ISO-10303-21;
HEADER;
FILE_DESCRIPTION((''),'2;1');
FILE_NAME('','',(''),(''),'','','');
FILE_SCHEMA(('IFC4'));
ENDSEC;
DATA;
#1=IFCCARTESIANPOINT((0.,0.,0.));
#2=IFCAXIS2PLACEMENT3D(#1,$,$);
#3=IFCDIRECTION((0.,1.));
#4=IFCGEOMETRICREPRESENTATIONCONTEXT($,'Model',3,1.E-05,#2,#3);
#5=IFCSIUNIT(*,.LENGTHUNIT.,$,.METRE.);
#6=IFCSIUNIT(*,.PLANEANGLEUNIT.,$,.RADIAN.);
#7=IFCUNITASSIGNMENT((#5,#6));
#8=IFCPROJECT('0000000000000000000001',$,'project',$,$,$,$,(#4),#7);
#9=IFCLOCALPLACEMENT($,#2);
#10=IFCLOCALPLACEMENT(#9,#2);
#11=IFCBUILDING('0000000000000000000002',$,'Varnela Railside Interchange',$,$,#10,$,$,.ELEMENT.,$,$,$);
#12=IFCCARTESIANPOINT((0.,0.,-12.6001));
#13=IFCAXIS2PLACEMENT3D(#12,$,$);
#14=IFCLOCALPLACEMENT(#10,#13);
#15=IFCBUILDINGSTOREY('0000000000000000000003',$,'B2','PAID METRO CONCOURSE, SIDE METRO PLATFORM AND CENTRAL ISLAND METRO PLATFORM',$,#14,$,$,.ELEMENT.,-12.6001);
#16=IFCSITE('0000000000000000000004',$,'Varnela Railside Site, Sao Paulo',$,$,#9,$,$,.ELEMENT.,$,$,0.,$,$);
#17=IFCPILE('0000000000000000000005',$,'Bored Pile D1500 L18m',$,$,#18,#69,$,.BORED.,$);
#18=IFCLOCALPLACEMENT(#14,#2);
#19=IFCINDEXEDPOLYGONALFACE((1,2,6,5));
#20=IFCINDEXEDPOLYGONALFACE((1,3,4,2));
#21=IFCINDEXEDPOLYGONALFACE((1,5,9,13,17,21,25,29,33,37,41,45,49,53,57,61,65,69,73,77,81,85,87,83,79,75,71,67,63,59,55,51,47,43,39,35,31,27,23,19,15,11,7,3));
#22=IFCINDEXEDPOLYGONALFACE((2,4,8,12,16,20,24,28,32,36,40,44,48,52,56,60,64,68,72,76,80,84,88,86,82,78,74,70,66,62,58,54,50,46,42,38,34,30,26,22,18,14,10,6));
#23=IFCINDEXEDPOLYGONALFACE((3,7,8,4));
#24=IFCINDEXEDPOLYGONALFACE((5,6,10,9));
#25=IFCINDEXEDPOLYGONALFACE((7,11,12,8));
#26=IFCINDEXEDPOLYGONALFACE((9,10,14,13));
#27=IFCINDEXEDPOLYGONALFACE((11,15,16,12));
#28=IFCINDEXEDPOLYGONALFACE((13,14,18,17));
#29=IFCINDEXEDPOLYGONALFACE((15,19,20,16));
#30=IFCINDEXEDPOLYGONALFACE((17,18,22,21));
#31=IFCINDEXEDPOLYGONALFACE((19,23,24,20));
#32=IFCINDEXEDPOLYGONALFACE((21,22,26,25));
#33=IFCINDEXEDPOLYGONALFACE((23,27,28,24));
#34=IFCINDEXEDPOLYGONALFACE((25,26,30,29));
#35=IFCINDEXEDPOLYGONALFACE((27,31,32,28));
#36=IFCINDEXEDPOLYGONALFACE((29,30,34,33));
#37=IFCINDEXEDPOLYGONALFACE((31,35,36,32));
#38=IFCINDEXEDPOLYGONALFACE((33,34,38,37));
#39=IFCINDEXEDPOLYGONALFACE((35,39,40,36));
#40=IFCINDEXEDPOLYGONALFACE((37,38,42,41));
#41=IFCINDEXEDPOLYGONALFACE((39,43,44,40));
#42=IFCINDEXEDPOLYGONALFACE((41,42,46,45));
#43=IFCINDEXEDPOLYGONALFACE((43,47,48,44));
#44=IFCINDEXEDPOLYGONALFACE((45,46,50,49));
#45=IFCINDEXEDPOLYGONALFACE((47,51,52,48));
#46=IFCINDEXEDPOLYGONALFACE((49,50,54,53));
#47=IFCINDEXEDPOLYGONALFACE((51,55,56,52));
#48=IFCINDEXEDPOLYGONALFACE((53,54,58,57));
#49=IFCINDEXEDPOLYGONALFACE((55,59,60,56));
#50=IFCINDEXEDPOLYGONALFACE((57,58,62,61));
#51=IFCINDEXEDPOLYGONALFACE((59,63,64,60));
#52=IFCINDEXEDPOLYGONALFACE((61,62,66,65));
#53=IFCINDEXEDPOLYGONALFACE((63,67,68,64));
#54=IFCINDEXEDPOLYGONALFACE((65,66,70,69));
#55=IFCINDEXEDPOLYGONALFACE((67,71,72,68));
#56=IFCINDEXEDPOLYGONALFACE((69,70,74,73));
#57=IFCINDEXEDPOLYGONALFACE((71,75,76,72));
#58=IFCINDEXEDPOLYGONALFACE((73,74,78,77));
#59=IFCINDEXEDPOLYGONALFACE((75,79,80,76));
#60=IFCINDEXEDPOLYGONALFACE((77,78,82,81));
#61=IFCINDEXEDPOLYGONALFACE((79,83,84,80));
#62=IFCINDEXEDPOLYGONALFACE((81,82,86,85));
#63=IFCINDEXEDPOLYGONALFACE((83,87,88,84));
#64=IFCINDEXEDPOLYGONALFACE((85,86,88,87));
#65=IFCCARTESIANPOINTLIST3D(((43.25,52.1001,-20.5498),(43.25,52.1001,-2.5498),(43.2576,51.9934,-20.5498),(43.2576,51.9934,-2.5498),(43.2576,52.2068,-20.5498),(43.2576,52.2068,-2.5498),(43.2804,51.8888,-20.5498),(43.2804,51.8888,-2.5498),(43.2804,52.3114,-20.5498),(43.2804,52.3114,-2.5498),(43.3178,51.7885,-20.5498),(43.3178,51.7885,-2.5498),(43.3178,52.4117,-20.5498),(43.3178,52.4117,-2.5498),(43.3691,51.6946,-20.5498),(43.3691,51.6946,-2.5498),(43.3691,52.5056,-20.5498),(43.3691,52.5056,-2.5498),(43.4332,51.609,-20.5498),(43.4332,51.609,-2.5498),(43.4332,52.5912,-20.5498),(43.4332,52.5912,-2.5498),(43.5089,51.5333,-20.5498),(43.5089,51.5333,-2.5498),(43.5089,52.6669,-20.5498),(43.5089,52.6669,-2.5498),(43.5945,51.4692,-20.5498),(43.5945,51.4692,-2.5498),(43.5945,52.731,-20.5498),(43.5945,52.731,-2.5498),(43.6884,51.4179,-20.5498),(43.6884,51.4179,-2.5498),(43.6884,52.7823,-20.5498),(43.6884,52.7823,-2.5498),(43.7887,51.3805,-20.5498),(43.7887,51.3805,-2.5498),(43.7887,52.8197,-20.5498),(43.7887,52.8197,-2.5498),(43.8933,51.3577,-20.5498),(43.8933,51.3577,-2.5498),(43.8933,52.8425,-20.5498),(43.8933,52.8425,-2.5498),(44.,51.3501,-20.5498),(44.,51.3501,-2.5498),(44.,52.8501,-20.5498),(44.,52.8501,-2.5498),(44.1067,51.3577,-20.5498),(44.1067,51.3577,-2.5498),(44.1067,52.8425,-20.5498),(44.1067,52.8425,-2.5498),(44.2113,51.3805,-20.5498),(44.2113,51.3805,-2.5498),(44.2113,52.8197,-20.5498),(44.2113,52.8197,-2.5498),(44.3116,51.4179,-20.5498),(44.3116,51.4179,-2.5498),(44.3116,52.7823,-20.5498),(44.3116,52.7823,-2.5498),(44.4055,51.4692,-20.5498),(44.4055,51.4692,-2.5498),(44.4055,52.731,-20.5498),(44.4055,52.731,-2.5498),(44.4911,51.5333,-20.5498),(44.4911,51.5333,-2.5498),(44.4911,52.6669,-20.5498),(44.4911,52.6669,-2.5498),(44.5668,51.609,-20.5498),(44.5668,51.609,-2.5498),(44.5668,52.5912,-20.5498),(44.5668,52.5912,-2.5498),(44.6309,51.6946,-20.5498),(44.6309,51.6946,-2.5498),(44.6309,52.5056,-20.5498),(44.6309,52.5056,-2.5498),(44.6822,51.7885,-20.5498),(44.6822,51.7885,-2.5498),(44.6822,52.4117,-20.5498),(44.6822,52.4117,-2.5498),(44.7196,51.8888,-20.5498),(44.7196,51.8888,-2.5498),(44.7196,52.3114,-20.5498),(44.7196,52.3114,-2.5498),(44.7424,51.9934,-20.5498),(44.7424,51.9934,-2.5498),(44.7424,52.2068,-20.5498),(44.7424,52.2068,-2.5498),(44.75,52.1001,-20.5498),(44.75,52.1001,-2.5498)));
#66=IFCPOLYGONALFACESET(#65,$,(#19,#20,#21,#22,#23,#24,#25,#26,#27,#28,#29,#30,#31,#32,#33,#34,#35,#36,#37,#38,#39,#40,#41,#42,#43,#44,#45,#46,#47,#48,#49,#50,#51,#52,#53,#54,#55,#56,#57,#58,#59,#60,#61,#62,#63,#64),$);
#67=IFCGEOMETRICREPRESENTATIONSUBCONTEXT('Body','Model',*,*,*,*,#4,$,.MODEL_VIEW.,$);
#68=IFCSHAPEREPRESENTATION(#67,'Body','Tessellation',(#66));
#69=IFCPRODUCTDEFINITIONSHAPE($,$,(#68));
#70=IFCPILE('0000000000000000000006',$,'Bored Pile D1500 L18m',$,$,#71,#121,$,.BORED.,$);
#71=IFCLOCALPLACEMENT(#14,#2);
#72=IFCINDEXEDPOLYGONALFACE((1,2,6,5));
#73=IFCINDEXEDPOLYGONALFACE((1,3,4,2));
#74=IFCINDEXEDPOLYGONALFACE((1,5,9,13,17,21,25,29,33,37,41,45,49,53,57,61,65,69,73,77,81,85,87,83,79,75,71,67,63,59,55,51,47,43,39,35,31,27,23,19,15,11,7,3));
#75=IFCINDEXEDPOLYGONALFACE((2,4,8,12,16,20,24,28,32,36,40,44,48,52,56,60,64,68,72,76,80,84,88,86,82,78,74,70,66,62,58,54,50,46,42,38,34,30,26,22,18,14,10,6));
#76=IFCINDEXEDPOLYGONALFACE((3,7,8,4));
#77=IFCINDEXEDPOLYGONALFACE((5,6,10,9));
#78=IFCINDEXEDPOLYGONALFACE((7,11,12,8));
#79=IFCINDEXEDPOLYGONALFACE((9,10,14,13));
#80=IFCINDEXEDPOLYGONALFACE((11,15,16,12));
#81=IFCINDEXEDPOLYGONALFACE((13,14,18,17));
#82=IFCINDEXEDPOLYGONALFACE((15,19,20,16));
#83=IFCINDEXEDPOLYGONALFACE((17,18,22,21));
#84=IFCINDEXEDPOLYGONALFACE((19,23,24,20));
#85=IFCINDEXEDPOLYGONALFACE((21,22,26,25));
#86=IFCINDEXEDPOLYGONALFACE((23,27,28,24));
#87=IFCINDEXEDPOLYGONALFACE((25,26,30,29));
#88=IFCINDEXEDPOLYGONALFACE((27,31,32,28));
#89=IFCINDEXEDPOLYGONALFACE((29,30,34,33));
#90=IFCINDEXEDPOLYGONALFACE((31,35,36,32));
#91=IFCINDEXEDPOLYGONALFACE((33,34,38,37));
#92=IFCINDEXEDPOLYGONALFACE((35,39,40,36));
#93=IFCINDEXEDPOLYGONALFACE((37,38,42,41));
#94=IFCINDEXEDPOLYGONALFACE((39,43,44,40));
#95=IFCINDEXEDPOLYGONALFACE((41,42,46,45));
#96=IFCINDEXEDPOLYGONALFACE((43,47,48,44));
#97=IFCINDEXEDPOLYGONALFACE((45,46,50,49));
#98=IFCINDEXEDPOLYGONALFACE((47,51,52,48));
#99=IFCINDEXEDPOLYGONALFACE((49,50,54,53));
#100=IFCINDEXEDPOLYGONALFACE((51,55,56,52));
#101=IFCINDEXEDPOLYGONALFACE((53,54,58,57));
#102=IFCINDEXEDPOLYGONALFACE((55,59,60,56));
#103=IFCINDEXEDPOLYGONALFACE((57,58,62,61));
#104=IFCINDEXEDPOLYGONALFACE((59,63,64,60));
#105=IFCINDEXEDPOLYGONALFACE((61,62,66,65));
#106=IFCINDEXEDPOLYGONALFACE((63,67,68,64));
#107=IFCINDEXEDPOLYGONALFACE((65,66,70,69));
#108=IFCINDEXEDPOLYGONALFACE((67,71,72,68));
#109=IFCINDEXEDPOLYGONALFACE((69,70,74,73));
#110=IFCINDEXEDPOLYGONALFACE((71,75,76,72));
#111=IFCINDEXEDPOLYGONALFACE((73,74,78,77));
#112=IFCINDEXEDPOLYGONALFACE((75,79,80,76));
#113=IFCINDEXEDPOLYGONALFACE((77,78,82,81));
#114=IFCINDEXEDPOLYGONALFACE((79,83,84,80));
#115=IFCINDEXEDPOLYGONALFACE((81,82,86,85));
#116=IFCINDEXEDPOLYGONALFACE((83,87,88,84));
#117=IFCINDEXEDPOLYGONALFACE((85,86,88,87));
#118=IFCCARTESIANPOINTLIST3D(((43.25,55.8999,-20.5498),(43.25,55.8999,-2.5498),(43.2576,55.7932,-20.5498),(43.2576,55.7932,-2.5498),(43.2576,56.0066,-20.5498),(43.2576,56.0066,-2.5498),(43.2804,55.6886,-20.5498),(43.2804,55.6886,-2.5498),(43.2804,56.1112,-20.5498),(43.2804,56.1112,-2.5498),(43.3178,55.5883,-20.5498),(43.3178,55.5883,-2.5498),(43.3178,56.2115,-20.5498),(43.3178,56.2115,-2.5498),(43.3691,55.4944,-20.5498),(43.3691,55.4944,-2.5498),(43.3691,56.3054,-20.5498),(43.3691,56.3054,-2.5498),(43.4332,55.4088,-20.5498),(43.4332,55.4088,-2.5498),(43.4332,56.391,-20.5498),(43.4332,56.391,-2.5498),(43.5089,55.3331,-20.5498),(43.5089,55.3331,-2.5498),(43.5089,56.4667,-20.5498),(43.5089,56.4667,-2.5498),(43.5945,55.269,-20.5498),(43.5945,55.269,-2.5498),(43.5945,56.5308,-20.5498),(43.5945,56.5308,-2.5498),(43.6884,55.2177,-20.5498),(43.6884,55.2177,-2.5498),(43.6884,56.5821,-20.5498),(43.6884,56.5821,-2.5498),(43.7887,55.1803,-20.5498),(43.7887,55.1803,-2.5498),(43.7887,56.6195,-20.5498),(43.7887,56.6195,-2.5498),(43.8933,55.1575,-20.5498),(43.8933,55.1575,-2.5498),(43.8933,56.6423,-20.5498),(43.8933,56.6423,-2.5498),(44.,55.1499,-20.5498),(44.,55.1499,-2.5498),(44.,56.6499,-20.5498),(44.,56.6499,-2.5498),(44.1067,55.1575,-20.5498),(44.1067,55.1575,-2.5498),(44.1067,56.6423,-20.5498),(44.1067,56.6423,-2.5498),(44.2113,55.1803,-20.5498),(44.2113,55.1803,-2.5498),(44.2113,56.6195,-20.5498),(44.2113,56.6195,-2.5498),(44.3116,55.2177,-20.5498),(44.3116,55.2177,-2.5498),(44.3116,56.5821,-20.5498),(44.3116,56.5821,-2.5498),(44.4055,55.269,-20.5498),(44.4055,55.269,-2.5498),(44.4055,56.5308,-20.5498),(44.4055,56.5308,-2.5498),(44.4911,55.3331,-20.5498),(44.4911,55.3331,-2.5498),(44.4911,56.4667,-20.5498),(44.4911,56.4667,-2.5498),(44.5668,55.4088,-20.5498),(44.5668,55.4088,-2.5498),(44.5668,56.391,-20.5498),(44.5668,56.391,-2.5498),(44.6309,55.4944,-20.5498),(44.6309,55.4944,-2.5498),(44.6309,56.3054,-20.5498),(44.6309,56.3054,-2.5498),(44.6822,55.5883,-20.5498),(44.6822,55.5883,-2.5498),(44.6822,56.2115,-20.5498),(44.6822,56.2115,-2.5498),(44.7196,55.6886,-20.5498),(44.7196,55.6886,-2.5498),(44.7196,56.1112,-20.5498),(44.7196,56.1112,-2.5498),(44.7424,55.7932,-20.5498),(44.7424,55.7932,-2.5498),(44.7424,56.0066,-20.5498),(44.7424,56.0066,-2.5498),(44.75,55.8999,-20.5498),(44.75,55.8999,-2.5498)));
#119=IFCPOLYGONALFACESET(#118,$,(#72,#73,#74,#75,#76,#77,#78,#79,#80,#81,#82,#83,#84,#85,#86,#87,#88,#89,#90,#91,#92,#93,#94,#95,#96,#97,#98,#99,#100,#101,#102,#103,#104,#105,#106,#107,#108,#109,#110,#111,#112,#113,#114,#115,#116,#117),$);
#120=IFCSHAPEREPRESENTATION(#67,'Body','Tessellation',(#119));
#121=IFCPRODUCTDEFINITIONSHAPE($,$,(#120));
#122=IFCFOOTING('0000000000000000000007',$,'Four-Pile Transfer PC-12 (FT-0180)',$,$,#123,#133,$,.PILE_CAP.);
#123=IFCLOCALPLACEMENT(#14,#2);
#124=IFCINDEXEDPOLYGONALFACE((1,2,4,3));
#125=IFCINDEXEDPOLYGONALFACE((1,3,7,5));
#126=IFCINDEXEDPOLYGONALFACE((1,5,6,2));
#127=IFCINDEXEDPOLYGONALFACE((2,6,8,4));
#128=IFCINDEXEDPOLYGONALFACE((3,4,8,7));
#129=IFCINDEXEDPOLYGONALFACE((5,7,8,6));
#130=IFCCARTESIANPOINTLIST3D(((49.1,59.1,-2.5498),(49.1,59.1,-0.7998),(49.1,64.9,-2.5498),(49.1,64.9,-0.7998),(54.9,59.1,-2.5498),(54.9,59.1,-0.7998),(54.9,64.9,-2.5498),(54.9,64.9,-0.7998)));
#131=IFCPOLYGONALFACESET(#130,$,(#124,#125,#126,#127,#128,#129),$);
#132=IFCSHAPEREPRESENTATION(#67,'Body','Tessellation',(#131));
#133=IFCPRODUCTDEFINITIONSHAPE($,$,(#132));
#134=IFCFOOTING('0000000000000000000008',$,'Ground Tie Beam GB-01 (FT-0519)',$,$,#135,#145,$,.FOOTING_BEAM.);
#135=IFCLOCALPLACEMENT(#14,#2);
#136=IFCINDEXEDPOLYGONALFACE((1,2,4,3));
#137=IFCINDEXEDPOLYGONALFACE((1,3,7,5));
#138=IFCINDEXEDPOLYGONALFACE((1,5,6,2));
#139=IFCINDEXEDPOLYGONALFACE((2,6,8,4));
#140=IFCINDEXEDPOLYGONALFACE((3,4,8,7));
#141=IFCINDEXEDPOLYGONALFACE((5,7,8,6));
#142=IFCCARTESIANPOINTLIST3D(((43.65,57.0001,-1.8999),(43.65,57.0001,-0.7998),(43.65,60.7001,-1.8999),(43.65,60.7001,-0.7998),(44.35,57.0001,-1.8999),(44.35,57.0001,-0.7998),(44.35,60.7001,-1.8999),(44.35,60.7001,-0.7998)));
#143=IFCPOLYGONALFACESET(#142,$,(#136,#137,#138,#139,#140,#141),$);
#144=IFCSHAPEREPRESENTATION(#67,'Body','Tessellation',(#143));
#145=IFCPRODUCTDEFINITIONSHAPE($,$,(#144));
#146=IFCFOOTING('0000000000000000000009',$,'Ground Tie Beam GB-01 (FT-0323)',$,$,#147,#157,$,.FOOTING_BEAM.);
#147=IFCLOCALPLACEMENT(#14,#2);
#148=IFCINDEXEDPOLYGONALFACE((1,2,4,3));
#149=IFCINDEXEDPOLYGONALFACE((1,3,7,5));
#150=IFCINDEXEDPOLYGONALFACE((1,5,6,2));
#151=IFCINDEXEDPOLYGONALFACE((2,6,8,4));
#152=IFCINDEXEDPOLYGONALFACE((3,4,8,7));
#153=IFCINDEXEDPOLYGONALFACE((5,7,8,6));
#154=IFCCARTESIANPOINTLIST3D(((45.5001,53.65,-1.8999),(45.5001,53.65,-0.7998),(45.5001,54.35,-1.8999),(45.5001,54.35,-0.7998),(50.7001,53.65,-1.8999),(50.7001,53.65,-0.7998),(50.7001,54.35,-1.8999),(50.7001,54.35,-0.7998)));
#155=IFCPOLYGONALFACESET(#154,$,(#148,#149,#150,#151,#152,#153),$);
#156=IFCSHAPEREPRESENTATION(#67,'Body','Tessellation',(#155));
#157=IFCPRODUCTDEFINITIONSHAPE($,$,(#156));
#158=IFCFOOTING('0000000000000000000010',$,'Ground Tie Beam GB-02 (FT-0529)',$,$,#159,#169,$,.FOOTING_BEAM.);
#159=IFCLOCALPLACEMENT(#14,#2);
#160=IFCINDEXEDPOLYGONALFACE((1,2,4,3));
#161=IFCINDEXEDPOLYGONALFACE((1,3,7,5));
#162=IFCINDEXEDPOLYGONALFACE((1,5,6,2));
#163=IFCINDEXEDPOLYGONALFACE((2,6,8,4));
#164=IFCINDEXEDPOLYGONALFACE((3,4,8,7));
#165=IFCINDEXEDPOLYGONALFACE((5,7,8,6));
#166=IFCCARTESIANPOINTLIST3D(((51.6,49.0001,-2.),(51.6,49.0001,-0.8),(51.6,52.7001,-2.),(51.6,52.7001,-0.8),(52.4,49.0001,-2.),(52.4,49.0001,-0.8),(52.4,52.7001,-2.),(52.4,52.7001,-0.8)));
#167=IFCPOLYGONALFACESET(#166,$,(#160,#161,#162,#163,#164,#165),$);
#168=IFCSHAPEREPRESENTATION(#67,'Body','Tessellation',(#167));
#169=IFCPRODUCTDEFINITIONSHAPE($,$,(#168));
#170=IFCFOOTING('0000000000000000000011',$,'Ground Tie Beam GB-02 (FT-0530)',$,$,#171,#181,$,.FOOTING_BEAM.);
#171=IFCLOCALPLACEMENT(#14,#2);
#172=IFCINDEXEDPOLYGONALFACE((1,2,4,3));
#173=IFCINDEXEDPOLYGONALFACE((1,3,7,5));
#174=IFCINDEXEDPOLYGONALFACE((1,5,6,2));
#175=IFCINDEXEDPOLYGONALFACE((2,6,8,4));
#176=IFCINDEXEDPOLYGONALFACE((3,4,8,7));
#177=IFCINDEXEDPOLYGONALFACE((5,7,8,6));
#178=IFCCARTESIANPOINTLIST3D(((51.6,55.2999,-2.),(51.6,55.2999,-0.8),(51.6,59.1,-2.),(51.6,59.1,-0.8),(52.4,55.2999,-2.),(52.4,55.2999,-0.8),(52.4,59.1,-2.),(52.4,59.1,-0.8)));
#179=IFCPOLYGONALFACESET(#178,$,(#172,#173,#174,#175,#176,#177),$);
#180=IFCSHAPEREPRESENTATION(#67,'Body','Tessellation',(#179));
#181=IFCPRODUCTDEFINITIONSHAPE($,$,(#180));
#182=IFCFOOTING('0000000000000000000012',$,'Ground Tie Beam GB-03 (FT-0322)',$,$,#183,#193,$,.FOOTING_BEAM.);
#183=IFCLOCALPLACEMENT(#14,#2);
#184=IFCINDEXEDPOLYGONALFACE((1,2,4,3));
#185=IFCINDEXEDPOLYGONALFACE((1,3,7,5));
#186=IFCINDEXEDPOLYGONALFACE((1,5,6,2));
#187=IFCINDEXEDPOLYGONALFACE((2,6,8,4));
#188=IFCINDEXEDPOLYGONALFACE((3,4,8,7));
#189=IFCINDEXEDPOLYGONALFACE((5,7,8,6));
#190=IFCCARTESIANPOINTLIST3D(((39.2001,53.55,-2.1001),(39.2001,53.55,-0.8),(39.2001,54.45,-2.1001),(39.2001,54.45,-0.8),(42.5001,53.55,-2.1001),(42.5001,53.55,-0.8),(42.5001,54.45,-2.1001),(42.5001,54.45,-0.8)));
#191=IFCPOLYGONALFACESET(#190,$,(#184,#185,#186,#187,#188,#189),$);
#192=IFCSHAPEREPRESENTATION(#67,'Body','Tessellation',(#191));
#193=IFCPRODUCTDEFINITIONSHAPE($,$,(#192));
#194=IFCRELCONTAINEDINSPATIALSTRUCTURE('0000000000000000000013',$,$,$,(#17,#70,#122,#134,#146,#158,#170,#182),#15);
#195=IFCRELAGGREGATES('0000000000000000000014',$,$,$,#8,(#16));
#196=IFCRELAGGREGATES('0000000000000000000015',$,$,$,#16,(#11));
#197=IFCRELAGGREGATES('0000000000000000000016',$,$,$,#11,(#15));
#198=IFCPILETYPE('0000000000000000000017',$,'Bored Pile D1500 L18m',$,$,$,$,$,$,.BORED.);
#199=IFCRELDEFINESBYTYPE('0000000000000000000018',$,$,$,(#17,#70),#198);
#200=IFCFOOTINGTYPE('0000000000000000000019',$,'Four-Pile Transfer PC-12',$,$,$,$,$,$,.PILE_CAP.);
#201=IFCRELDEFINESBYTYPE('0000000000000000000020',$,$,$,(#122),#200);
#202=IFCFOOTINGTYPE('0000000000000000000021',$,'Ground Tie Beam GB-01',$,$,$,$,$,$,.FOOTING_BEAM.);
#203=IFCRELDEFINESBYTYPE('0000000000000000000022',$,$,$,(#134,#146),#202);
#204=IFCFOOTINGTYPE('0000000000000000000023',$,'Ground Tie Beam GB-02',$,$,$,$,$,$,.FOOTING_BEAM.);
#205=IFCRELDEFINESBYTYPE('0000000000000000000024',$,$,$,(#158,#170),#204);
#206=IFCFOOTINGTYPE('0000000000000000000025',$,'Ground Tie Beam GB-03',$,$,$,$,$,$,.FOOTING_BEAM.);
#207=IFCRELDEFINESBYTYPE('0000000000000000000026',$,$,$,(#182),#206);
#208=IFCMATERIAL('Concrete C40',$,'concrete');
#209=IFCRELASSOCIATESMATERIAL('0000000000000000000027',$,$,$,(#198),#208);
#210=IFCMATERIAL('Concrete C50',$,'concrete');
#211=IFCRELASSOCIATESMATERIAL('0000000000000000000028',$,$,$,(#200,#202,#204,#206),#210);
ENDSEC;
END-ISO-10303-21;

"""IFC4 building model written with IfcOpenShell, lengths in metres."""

from ifc_helpers import new_model, si_unit, direction, frame, origin, origin_2d, place, context, subcontext, project, spatial, rectangle, circle, extrude, material, material_profile, profile_set, type_object, element, save


model = new_model("IFC4")

# Units and contexts
model_context = context("Model", 3, precision=1e-05, world=origin(), true_north=direction((0.0, 1.0)))
body_context = subcontext(model_context, "Body", "Model", "MODEL_VIEW")
ifc_project = project(units=[si_unit("LENGTHUNIT", "METRE"), si_unit("PLANEANGLEUNIT", "RADIAN")], contexts=[model_context])

# Site, building, storey
site_placement = place(None, origin())
site = spatial("IfcSite", under=ifc_project, at=site_placement, Name="Varnela Railside Site, Sao Paulo", CompositionType="ELEMENT", RefElevation=0.0)
building_placement = place(site_placement, origin())
building = spatial("IfcBuilding", under=site, at=building_placement, Name="Varnela Railside Interchange", CompositionType="ELEMENT")
storey_placement = place(building_placement, frame((0.0, 0.0, -12.6001)))
storey = spatial("IfcBuildingStorey", under=building, at=storey_placement, Name="B2", Description="PAID METRO CONCOURSE, SIDE METRO PLATFORM AND CENTRAL ISLAND METRO PLATFORM", CompositionType="ELEMENT", Elevation=-12.6001)

# Piles
ifc_material_1 = material(Name="Concrete C40", Category="concrete")
ifc_material_profile_1 = material_profile(ifc_material_1, circle(Radius=0.75, at=origin_2d()), Name="BORED PILE D1500")
ifc_profile_set_1 = profile_set([ifc_material_profile_1], Name="Concrete C40")
pile_type_1 = type_object("IfcPileType", Name="Bored Pile D1500 L18m", PredefinedType="BORED", material=ifc_profile_set_1)
for number, where, z_axis, x_axis, name in (
    (1, (44.0, 52.1001, -2.5498), (0.0, 0.0, -1.0), (1.0, 0.0, 0.0), "Bored Pile D1500 L18m"),
    (2, (44.0, 55.8999, -2.5498), (0.0, 0.0, -1.0), (1.0, 0.0, 0.0), "Bored Pile D1500 L18m"),
):
    element("IfcPile", number, at=place(storey_placement, frame(where, z_axis=z_axis, x_axis=x_axis)), inside=storey, type_object=pile_type_1, Name=name, PredefinedType="BORED", context=body_context, shape_type="SweptSolid", body=[
        extrude(circle(Radius=0.75, at=origin_2d()), origin(), (0.0, 0.0, 1.0), 18.0),
    ])

# Footings
ifc_material_2 = material(Name="Concrete C50", Category="concrete")
footing_type_1 = type_object("IfcFootingType", Name="Four-Pile Transfer PC-12", PredefinedType="PILE_CAP", material=ifc_material_2)
footing_1_placement = place(storey_placement, frame((52.0, 62.0, -2.5498), z_axis=(0.0, 0.0, 1.0), x_axis=(1.0, 0.0, 0.0)))
element("IfcFooting", 3, at=footing_1_placement, inside=storey, type_object=footing_type_1, Name="Four-Pile Transfer PC-12 (FT-0180)", PredefinedType="PILE_CAP", context=body_context, shape_type="SweptSolid", body=[
    extrude(rectangle(XDim=5.8, YDim=5.8, at=origin_2d()), origin(), (0.0, 0.0, 1.0), 1.75),
])
footing_type_2 = type_object("IfcFootingType", Name="Ground Tie Beam GB-01", PredefinedType="FOOTING_BEAM", material=ifc_material_2)
footing_2_placement = place(storey_placement, frame((44.0, 58.8501, -1.8999), z_axis=(0.0, 0.0, 1.0), x_axis=(1.0, 0.0, 0.0)))
element("IfcFooting", 4, at=footing_2_placement, inside=storey, type_object=footing_type_2, Name="Ground Tie Beam GB-01 (FT-0519)", PredefinedType="FOOTING_BEAM", context=body_context, shape_type="SweptSolid", body=[
    extrude(rectangle(XDim=0.7, YDim=3.7, at=origin_2d()), origin(), (0.0, 0.0, 1.0), 1.1001),
])
footing_3_placement = place(storey_placement, frame((48.1001, 54.0, -1.8999), z_axis=(0.0, 0.0, 1.0), x_axis=(1.0, 0.0, 0.0)))
element("IfcFooting", 5, at=footing_3_placement, inside=storey, type_object=footing_type_2, Name="Ground Tie Beam GB-01 (FT-0323)", PredefinedType="FOOTING_BEAM", context=body_context, shape_type="SweptSolid", body=[
    extrude(rectangle(XDim=5.2, YDim=0.7, at=origin_2d()), origin(), (0.0, 0.0, 1.0), 1.1001),
])
footing_type_3 = type_object("IfcFootingType", Name="Ground Tie Beam GB-02", PredefinedType="FOOTING_BEAM", material=ifc_material_2)
footing_4_placement = place(storey_placement, frame((52.0, 50.8501, -2.0), z_axis=(0.0, 0.0, 1.0), x_axis=(1.0, 0.0, 0.0)))
element("IfcFooting", 6, at=footing_4_placement, inside=storey, type_object=footing_type_3, Name="Ground Tie Beam GB-02 (FT-0529)", PredefinedType="FOOTING_BEAM", context=body_context, shape_type="SweptSolid", body=[
    extrude(rectangle(XDim=0.8, YDim=3.7, at=origin_2d()), origin(), (0.0, 0.0, 1.0), 1.2),
])
footing_5_placement = place(storey_placement, frame((52.0, 57.2, -2.0), z_axis=(0.0, 0.0, 1.0), x_axis=(1.0, 0.0, 0.0)))
element("IfcFooting", 7, at=footing_5_placement, inside=storey, type_object=footing_type_3, Name="Ground Tie Beam GB-02 (FT-0530)", PredefinedType="FOOTING_BEAM", context=body_context, shape_type="SweptSolid", body=[
    extrude(rectangle(XDim=0.8, YDim=3.8, at=origin_2d()), origin(), (0.0, 0.0, 1.0), 1.2),
])
footing_type_4 = type_object("IfcFootingType", Name="Ground Tie Beam GB-03", PredefinedType="FOOTING_BEAM", material=ifc_material_2)
footing_6_placement = place(storey_placement, frame((40.8501, 54.0, -2.1001), z_axis=(0.0, 0.0, 1.0), x_axis=(1.0, 0.0, 0.0)))
element("IfcFooting", 8, at=footing_6_placement, inside=storey, type_object=footing_type_4, Name="Ground Tie Beam GB-03 (FT-0322)", PredefinedType="FOOTING_BEAM", context=body_context, shape_type="SweptSolid", body=[
    extrude(rectangle(XDim=3.3, YDim=0.8999, at=origin_2d()), origin(), (0.0, 0.0, 1.0), 1.3),
])

save(model, "model.ifc")
